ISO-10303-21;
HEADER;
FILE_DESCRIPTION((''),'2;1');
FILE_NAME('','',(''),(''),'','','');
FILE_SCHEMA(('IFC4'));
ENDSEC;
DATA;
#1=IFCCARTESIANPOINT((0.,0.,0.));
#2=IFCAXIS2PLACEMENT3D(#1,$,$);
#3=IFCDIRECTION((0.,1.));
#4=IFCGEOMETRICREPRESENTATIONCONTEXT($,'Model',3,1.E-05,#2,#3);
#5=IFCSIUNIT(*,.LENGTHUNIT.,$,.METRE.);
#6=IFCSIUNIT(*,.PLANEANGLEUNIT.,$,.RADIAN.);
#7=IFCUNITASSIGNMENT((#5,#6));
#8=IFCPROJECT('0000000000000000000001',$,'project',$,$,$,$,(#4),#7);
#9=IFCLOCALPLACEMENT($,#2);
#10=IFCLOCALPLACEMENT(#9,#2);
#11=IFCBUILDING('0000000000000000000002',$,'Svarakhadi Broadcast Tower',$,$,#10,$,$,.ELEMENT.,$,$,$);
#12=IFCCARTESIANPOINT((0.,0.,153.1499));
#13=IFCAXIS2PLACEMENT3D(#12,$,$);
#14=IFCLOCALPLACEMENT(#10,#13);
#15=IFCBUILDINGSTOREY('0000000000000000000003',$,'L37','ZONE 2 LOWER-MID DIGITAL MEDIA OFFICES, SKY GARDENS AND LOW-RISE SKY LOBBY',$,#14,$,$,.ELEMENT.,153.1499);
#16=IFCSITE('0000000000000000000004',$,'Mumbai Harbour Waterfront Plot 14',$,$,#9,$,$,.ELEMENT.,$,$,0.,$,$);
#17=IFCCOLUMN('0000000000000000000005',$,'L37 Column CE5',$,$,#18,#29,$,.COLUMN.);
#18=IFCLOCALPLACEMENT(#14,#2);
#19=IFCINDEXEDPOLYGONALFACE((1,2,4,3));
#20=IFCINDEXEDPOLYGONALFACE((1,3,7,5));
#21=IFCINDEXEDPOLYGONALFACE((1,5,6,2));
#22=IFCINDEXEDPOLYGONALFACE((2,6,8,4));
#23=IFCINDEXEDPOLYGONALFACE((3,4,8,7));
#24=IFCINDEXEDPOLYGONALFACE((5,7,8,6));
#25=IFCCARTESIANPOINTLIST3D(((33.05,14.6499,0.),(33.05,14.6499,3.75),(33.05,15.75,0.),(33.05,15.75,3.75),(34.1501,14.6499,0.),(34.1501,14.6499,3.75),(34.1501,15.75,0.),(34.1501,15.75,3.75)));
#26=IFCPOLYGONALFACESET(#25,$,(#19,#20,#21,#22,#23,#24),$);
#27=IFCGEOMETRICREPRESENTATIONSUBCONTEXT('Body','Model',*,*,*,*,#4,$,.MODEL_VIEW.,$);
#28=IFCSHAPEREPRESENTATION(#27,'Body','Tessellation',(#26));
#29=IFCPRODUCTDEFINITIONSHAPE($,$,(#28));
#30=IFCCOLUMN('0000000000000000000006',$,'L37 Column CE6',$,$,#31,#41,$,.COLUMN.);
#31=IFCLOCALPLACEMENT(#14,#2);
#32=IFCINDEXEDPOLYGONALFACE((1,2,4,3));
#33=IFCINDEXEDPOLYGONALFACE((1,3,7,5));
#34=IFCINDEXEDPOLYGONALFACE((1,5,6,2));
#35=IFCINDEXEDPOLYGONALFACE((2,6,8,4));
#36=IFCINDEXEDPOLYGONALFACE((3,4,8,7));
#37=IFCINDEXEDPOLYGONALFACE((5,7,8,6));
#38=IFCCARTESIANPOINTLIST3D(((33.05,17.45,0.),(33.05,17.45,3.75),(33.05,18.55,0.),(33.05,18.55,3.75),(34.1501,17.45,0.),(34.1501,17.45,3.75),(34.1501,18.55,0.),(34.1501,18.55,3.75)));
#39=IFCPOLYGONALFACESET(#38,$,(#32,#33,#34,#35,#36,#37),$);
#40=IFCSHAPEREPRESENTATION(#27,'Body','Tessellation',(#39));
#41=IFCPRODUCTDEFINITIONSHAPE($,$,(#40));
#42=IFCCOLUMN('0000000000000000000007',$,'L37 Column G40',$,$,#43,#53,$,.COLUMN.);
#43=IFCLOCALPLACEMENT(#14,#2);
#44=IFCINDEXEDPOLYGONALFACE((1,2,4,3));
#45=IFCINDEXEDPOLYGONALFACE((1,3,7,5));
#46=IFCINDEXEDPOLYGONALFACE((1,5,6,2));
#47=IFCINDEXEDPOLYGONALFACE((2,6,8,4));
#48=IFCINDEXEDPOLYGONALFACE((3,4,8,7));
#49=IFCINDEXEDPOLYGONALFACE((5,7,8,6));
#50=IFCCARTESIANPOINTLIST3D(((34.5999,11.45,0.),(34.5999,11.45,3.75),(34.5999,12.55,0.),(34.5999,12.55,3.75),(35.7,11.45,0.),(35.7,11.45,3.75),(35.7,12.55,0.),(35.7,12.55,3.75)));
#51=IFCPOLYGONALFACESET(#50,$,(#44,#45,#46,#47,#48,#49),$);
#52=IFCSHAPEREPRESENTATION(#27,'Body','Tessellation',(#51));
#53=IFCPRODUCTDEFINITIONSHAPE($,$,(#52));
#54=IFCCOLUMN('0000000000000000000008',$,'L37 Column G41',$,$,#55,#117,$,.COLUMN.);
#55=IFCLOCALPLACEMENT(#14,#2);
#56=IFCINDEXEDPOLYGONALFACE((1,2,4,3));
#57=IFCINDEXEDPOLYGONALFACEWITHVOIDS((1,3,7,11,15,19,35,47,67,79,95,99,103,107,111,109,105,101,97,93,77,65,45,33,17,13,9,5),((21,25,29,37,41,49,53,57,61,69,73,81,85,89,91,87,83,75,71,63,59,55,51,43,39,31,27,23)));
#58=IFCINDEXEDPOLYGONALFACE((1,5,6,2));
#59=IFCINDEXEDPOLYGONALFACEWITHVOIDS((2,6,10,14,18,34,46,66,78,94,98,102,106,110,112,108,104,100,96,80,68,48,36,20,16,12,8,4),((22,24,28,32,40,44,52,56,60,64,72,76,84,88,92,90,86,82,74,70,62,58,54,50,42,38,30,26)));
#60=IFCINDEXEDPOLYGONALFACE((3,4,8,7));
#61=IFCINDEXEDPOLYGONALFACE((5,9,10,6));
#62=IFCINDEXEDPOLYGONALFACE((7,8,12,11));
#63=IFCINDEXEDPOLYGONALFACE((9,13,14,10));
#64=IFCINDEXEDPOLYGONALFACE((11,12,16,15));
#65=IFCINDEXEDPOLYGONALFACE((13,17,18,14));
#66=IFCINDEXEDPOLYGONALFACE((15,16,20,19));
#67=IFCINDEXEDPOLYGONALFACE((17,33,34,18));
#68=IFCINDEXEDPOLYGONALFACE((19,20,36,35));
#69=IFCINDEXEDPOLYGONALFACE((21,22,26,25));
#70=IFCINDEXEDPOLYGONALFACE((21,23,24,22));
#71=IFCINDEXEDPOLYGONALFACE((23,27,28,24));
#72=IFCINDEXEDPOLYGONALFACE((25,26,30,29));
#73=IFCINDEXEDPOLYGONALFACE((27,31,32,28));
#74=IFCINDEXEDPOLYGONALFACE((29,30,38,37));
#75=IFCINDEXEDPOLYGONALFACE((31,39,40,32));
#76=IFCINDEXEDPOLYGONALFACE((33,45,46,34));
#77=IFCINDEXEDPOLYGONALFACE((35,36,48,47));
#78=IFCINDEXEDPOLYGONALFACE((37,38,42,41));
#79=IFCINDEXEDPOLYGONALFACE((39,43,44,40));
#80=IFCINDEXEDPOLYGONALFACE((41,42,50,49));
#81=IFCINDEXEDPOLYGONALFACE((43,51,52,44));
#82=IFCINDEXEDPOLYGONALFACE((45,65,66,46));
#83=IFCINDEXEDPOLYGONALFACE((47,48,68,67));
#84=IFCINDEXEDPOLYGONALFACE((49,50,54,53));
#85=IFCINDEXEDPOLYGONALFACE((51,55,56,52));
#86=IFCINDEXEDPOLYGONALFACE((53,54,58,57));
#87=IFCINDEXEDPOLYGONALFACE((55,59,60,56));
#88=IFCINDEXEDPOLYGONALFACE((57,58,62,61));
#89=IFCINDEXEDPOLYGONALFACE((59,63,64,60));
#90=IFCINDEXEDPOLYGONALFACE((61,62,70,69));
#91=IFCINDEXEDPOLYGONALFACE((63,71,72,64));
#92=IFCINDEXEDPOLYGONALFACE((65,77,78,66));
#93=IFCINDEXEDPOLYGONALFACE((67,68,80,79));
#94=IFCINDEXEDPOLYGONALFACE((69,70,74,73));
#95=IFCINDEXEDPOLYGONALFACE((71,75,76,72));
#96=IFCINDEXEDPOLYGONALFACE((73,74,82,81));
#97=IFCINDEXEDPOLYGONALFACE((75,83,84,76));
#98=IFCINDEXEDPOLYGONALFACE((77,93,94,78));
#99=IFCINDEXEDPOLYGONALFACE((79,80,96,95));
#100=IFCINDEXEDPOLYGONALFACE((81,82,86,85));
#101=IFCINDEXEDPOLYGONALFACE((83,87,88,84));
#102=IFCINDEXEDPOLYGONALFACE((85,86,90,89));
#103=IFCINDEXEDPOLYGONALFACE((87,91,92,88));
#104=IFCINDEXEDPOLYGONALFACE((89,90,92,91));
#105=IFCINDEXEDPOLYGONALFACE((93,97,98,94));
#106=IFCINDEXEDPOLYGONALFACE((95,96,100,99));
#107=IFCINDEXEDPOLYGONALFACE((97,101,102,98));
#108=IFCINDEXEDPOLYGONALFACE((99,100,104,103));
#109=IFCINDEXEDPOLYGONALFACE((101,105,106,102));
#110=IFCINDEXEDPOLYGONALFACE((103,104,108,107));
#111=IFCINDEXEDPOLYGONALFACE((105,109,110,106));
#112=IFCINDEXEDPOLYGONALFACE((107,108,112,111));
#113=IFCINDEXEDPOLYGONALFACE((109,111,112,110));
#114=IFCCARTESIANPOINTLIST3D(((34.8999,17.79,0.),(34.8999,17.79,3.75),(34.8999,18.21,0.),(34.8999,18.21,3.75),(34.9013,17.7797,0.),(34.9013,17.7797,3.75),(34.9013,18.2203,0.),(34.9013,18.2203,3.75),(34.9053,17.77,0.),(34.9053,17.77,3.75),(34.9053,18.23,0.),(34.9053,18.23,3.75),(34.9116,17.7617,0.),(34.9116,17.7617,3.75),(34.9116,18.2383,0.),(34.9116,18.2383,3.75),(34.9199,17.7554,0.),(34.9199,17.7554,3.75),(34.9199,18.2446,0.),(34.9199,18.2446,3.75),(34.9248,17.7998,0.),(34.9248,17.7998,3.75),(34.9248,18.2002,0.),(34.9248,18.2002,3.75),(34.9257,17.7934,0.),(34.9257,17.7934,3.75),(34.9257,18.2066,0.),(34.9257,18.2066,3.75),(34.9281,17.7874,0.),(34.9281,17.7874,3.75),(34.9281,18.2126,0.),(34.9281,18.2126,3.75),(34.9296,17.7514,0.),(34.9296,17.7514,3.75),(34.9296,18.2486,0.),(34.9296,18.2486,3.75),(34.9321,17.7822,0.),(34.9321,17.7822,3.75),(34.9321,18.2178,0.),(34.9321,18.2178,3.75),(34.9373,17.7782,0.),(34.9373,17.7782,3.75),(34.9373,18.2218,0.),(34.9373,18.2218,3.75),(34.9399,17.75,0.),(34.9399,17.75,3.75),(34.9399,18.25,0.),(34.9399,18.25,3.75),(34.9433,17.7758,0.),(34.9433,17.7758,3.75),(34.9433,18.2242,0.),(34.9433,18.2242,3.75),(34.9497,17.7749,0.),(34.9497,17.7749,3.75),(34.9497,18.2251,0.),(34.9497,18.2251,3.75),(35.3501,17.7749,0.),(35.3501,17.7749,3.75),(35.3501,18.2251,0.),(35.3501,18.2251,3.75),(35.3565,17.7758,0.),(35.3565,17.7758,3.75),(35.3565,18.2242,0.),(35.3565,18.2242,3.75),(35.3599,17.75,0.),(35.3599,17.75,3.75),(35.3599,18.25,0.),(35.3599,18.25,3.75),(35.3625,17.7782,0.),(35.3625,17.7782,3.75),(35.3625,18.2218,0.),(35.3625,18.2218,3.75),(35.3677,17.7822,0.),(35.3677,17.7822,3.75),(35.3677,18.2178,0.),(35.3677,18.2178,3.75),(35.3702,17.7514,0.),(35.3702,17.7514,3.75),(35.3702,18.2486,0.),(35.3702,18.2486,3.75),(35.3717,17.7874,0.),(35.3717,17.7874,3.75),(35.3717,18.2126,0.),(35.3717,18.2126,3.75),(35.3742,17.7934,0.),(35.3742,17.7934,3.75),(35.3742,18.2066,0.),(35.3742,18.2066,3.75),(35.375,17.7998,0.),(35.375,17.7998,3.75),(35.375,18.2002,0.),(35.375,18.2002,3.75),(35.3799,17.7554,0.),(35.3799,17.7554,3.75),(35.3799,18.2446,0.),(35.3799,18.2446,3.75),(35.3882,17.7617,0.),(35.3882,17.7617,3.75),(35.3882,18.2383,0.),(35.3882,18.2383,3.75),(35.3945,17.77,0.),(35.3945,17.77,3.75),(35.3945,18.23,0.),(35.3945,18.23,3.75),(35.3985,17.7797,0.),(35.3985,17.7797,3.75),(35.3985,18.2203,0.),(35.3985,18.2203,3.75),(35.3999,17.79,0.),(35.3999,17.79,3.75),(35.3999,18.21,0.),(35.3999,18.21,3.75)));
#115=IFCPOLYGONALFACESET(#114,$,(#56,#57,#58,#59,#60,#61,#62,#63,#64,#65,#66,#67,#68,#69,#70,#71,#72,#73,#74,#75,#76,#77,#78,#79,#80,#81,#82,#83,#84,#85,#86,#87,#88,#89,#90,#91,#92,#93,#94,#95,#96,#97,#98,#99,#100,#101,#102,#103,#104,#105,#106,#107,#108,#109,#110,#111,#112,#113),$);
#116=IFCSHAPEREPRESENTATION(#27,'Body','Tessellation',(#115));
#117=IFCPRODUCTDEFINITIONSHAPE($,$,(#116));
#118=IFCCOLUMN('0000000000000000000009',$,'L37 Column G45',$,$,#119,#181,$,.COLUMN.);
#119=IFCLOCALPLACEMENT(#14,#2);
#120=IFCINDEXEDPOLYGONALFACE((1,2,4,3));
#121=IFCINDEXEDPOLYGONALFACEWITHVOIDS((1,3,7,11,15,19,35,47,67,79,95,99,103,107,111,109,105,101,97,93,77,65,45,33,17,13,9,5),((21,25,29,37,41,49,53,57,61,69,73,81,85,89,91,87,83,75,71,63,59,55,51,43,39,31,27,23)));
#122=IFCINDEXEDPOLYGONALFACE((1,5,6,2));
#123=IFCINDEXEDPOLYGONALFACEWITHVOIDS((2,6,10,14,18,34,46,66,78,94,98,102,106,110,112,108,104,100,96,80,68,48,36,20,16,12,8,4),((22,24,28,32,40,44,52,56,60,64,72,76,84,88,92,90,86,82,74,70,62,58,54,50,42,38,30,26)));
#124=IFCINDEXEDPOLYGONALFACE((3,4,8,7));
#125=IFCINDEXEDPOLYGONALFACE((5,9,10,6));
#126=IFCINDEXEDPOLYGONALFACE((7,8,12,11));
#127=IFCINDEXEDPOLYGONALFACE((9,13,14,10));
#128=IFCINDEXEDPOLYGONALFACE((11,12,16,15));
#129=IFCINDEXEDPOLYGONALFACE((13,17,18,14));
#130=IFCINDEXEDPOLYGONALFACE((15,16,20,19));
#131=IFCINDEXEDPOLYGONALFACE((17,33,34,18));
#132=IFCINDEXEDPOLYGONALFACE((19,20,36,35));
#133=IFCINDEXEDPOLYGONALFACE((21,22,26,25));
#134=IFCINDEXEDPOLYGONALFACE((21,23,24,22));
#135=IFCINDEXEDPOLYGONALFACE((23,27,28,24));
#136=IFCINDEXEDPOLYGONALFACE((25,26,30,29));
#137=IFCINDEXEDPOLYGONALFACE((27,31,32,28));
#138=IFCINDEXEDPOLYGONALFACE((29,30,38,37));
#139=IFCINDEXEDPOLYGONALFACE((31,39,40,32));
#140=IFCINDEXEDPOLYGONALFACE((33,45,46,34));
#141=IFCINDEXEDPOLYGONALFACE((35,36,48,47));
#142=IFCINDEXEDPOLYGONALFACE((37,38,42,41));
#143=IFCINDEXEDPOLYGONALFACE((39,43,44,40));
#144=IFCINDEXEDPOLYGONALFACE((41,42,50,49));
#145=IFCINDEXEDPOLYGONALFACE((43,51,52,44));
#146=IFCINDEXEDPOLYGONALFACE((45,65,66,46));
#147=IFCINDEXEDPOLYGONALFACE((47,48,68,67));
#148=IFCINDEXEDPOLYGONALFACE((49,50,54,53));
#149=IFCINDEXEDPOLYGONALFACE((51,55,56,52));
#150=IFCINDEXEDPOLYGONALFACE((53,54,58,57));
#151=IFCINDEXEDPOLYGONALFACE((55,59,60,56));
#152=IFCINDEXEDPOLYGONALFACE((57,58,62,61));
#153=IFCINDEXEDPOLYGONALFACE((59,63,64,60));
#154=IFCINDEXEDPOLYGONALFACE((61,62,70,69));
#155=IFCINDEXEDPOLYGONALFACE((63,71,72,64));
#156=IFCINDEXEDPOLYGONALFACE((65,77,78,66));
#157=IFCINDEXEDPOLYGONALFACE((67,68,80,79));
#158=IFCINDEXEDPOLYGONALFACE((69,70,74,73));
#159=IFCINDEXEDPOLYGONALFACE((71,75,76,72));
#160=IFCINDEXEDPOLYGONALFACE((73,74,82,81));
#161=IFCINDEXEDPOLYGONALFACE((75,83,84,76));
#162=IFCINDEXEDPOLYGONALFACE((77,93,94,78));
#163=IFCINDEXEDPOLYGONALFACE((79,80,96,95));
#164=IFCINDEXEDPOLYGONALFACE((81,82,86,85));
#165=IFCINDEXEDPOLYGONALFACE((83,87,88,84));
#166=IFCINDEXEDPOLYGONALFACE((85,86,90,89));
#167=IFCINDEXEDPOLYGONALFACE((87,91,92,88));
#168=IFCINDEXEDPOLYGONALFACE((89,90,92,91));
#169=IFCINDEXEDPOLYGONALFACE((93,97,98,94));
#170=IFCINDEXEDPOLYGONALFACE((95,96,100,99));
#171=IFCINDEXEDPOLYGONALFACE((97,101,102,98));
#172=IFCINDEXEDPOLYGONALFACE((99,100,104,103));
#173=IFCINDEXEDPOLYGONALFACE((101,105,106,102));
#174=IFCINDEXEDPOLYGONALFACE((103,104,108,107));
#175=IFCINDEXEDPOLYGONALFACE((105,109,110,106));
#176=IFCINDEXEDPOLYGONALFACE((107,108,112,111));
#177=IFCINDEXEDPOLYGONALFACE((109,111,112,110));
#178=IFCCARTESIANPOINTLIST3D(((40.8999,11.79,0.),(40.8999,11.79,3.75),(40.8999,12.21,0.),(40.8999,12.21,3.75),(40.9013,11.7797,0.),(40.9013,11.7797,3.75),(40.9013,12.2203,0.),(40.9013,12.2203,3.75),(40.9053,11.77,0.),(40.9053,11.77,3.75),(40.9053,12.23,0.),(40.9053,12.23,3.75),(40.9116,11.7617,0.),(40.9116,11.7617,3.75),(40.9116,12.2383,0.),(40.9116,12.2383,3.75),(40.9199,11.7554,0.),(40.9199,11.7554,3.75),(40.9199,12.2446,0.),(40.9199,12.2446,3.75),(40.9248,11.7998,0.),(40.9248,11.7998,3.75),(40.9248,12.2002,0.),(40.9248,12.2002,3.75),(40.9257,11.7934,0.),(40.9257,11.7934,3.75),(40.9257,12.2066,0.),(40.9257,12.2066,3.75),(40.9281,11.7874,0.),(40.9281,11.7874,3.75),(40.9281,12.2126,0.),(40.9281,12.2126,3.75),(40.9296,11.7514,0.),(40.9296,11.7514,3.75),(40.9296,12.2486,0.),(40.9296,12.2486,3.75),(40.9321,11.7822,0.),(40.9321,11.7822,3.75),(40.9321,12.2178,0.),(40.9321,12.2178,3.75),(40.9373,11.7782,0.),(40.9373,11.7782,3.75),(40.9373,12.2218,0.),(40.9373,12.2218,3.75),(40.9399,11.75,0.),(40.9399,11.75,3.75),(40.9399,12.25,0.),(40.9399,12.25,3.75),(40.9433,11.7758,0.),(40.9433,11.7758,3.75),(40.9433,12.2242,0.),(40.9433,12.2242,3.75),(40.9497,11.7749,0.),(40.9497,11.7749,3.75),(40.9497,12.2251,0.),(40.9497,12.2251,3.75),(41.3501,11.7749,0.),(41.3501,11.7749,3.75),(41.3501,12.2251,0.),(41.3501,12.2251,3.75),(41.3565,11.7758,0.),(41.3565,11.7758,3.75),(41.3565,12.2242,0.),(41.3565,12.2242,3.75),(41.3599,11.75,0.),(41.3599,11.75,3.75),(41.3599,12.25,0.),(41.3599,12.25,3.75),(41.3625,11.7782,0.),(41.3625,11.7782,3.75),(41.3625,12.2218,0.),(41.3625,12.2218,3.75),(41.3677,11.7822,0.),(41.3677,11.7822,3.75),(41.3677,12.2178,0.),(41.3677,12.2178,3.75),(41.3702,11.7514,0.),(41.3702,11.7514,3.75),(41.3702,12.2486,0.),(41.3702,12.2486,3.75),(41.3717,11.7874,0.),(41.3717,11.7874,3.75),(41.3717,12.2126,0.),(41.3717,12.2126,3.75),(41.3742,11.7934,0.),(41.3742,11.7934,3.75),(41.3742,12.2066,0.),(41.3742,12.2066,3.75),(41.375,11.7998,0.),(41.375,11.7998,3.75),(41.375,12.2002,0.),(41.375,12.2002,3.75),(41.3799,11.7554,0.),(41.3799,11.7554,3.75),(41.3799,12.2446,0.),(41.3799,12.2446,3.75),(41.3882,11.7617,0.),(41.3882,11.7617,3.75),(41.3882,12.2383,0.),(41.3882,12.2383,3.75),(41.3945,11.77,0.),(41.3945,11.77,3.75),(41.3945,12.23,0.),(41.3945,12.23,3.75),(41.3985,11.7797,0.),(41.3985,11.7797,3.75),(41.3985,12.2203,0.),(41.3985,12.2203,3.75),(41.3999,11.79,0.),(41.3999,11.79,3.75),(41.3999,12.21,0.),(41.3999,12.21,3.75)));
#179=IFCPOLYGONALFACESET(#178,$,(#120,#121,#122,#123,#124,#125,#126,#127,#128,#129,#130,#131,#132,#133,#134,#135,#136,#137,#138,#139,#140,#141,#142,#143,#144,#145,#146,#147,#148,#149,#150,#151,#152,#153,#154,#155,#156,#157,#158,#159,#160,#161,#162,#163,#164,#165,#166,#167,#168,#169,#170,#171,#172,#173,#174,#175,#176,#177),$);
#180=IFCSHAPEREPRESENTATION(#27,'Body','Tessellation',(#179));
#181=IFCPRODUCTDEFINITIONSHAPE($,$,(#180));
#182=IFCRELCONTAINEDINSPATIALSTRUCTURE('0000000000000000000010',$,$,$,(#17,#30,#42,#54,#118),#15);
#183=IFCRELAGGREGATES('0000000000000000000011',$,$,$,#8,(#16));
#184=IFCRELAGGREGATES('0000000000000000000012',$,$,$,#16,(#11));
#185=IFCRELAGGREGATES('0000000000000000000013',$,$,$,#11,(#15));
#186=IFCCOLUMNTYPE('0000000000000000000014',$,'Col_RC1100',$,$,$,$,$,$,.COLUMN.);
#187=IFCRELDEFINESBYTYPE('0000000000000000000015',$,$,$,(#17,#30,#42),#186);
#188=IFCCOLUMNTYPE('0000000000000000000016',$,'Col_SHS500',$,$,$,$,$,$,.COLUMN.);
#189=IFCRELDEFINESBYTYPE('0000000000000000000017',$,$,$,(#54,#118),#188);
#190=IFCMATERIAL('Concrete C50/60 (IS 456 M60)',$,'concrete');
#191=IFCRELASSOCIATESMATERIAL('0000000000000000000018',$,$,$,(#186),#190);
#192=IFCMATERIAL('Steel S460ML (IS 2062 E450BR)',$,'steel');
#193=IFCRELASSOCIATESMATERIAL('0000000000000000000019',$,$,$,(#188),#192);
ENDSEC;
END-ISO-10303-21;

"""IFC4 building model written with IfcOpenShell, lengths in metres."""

from ifc_helpers import new_model, si_unit, direction, frame, origin, origin_2d, place, context, subcontext, project, spatial, rectangle, hollow_rectangle, extrude, material, material_profile, profile_set, type_object, element, save


model = new_model("IFC4")

# Units and contexts
model_context = context("Model", 3, precision=1e-05, world=origin(), true_north=direction((0.0, 1.0)))
body_context = subcontext(model_context, "Body", "Model", "MODEL_VIEW")
ifc_project = project(units=[si_unit("LENGTHUNIT", "METRE"), si_unit("PLANEANGLEUNIT", "RADIAN")], contexts=[model_context])

# Site, building, storey
site_placement = place(None, origin())
site = spatial("IfcSite", under=ifc_project, at=site_placement, Name="Mumbai Harbour Waterfront Plot 14", CompositionType="ELEMENT", RefElevation=0.0)
building_placement = place(site_placement, origin())
building = spatial("IfcBuilding", under=site, at=building_placement, Name="Svarakhadi Broadcast Tower", CompositionType="ELEMENT")
storey_placement = place(building_placement, frame((0.0, 0.0, 153.1499)))
storey = spatial("IfcBuildingStorey", under=building, at=storey_placement, Name="L37", Description="ZONE 2 LOWER-MID DIGITAL MEDIA OFFICES, SKY GARDENS AND LOW-RISE SKY LOBBY", CompositionType="ELEMENT", Elevation=153.1499)

# Columns
ifc_material_1 = material(Name="Concrete C50/60 (IS 456 M60)", Category="concrete")
ifc_material_profile_1 = material_profile(ifc_material_1, rectangle(XDim=1.1001, YDim=1.1001, at=origin_2d()), Name="RC 1100x1100")
ifc_profile_set_1 = profile_set([ifc_material_profile_1], Name="Concrete C50/60 (IS 456 M60)")
column_type_1 = type_object("IfcColumnType", Name="Col_RC1100", PredefinedType="COLUMN", material=ifc_profile_set_1)
for number, where, z_axis, x_axis, name in (
    (1, (33.6001, 15.2, 0.0), (0.0, 0.0, 1.0), (1.0, 0.0, 0.0), "L37 Column CE5"),
    (2, (33.6001, 18.0, 0.0), (0.0, 0.0, 1.0), (1.0, 0.0, 0.0), "L37 Column CE6"),
    (3, (35.1499, 12.0, 0.0), (0.0, 0.0, 1.0), (1.0, 0.0, 0.0), "L37 Column G40"),
):
    element("IfcColumn", number, at=place(storey_placement, frame(where, z_axis=z_axis, x_axis=x_axis)), inside=storey, type_object=column_type_1, Name=name, PredefinedType="COLUMN", context=body_context, shape_type="SweptSolid", body=[
        extrude(rectangle(XDim=1.1001, YDim=1.1001, at=origin_2d()), origin(), (0.0, 0.0, 1.0), 3.75),
    ])
ifc_material_2 = material(Name="Steel S460ML (IS 2062 E450BR)", Category="steel")
ifc_material_profile_2 = material_profile(ifc_material_2, hollow_rectangle(XDim=0.5, YDim=0.5, WallThickness=0.0249, InnerFilletRadius=0.0249, OuterFilletRadius=0.04, at=origin_2d()), Name="SHS 500x500x25")
ifc_profile_set_2 = profile_set([ifc_material_profile_2], Name="Steel S460ML (IS 2062 E450BR)")
column_type_2 = type_object("IfcColumnType", Name="Col_SHS500", PredefinedType="COLUMN", material=ifc_profile_set_2)
for number, where, z_axis, x_axis, name in (
    (4, (35.1499, 18.0, 0.0), (0.0, 0.0, 1.0), (1.0, 0.0, 0.0), "L37 Column G41"),
    (5, (41.1499, 12.0, 0.0), (0.0, 0.0, 1.0), (1.0, 0.0, 0.0), "L37 Column G45"),
):
    element("IfcColumn", number, at=place(storey_placement, frame(where, z_axis=z_axis, x_axis=x_axis)), inside=storey, type_object=column_type_2, Name=name, PredefinedType="COLUMN", context=body_context, shape_type="SweptSolid", body=[
        extrude(hollow_rectangle(XDim=0.5, YDim=0.5, WallThickness=0.0249, InnerFilletRadius=0.0249, OuterFilletRadius=0.04, at=origin_2d()), origin(), (0.0, 0.0, 1.0), 3.75),
    ])

save(model, "model.ifc")
